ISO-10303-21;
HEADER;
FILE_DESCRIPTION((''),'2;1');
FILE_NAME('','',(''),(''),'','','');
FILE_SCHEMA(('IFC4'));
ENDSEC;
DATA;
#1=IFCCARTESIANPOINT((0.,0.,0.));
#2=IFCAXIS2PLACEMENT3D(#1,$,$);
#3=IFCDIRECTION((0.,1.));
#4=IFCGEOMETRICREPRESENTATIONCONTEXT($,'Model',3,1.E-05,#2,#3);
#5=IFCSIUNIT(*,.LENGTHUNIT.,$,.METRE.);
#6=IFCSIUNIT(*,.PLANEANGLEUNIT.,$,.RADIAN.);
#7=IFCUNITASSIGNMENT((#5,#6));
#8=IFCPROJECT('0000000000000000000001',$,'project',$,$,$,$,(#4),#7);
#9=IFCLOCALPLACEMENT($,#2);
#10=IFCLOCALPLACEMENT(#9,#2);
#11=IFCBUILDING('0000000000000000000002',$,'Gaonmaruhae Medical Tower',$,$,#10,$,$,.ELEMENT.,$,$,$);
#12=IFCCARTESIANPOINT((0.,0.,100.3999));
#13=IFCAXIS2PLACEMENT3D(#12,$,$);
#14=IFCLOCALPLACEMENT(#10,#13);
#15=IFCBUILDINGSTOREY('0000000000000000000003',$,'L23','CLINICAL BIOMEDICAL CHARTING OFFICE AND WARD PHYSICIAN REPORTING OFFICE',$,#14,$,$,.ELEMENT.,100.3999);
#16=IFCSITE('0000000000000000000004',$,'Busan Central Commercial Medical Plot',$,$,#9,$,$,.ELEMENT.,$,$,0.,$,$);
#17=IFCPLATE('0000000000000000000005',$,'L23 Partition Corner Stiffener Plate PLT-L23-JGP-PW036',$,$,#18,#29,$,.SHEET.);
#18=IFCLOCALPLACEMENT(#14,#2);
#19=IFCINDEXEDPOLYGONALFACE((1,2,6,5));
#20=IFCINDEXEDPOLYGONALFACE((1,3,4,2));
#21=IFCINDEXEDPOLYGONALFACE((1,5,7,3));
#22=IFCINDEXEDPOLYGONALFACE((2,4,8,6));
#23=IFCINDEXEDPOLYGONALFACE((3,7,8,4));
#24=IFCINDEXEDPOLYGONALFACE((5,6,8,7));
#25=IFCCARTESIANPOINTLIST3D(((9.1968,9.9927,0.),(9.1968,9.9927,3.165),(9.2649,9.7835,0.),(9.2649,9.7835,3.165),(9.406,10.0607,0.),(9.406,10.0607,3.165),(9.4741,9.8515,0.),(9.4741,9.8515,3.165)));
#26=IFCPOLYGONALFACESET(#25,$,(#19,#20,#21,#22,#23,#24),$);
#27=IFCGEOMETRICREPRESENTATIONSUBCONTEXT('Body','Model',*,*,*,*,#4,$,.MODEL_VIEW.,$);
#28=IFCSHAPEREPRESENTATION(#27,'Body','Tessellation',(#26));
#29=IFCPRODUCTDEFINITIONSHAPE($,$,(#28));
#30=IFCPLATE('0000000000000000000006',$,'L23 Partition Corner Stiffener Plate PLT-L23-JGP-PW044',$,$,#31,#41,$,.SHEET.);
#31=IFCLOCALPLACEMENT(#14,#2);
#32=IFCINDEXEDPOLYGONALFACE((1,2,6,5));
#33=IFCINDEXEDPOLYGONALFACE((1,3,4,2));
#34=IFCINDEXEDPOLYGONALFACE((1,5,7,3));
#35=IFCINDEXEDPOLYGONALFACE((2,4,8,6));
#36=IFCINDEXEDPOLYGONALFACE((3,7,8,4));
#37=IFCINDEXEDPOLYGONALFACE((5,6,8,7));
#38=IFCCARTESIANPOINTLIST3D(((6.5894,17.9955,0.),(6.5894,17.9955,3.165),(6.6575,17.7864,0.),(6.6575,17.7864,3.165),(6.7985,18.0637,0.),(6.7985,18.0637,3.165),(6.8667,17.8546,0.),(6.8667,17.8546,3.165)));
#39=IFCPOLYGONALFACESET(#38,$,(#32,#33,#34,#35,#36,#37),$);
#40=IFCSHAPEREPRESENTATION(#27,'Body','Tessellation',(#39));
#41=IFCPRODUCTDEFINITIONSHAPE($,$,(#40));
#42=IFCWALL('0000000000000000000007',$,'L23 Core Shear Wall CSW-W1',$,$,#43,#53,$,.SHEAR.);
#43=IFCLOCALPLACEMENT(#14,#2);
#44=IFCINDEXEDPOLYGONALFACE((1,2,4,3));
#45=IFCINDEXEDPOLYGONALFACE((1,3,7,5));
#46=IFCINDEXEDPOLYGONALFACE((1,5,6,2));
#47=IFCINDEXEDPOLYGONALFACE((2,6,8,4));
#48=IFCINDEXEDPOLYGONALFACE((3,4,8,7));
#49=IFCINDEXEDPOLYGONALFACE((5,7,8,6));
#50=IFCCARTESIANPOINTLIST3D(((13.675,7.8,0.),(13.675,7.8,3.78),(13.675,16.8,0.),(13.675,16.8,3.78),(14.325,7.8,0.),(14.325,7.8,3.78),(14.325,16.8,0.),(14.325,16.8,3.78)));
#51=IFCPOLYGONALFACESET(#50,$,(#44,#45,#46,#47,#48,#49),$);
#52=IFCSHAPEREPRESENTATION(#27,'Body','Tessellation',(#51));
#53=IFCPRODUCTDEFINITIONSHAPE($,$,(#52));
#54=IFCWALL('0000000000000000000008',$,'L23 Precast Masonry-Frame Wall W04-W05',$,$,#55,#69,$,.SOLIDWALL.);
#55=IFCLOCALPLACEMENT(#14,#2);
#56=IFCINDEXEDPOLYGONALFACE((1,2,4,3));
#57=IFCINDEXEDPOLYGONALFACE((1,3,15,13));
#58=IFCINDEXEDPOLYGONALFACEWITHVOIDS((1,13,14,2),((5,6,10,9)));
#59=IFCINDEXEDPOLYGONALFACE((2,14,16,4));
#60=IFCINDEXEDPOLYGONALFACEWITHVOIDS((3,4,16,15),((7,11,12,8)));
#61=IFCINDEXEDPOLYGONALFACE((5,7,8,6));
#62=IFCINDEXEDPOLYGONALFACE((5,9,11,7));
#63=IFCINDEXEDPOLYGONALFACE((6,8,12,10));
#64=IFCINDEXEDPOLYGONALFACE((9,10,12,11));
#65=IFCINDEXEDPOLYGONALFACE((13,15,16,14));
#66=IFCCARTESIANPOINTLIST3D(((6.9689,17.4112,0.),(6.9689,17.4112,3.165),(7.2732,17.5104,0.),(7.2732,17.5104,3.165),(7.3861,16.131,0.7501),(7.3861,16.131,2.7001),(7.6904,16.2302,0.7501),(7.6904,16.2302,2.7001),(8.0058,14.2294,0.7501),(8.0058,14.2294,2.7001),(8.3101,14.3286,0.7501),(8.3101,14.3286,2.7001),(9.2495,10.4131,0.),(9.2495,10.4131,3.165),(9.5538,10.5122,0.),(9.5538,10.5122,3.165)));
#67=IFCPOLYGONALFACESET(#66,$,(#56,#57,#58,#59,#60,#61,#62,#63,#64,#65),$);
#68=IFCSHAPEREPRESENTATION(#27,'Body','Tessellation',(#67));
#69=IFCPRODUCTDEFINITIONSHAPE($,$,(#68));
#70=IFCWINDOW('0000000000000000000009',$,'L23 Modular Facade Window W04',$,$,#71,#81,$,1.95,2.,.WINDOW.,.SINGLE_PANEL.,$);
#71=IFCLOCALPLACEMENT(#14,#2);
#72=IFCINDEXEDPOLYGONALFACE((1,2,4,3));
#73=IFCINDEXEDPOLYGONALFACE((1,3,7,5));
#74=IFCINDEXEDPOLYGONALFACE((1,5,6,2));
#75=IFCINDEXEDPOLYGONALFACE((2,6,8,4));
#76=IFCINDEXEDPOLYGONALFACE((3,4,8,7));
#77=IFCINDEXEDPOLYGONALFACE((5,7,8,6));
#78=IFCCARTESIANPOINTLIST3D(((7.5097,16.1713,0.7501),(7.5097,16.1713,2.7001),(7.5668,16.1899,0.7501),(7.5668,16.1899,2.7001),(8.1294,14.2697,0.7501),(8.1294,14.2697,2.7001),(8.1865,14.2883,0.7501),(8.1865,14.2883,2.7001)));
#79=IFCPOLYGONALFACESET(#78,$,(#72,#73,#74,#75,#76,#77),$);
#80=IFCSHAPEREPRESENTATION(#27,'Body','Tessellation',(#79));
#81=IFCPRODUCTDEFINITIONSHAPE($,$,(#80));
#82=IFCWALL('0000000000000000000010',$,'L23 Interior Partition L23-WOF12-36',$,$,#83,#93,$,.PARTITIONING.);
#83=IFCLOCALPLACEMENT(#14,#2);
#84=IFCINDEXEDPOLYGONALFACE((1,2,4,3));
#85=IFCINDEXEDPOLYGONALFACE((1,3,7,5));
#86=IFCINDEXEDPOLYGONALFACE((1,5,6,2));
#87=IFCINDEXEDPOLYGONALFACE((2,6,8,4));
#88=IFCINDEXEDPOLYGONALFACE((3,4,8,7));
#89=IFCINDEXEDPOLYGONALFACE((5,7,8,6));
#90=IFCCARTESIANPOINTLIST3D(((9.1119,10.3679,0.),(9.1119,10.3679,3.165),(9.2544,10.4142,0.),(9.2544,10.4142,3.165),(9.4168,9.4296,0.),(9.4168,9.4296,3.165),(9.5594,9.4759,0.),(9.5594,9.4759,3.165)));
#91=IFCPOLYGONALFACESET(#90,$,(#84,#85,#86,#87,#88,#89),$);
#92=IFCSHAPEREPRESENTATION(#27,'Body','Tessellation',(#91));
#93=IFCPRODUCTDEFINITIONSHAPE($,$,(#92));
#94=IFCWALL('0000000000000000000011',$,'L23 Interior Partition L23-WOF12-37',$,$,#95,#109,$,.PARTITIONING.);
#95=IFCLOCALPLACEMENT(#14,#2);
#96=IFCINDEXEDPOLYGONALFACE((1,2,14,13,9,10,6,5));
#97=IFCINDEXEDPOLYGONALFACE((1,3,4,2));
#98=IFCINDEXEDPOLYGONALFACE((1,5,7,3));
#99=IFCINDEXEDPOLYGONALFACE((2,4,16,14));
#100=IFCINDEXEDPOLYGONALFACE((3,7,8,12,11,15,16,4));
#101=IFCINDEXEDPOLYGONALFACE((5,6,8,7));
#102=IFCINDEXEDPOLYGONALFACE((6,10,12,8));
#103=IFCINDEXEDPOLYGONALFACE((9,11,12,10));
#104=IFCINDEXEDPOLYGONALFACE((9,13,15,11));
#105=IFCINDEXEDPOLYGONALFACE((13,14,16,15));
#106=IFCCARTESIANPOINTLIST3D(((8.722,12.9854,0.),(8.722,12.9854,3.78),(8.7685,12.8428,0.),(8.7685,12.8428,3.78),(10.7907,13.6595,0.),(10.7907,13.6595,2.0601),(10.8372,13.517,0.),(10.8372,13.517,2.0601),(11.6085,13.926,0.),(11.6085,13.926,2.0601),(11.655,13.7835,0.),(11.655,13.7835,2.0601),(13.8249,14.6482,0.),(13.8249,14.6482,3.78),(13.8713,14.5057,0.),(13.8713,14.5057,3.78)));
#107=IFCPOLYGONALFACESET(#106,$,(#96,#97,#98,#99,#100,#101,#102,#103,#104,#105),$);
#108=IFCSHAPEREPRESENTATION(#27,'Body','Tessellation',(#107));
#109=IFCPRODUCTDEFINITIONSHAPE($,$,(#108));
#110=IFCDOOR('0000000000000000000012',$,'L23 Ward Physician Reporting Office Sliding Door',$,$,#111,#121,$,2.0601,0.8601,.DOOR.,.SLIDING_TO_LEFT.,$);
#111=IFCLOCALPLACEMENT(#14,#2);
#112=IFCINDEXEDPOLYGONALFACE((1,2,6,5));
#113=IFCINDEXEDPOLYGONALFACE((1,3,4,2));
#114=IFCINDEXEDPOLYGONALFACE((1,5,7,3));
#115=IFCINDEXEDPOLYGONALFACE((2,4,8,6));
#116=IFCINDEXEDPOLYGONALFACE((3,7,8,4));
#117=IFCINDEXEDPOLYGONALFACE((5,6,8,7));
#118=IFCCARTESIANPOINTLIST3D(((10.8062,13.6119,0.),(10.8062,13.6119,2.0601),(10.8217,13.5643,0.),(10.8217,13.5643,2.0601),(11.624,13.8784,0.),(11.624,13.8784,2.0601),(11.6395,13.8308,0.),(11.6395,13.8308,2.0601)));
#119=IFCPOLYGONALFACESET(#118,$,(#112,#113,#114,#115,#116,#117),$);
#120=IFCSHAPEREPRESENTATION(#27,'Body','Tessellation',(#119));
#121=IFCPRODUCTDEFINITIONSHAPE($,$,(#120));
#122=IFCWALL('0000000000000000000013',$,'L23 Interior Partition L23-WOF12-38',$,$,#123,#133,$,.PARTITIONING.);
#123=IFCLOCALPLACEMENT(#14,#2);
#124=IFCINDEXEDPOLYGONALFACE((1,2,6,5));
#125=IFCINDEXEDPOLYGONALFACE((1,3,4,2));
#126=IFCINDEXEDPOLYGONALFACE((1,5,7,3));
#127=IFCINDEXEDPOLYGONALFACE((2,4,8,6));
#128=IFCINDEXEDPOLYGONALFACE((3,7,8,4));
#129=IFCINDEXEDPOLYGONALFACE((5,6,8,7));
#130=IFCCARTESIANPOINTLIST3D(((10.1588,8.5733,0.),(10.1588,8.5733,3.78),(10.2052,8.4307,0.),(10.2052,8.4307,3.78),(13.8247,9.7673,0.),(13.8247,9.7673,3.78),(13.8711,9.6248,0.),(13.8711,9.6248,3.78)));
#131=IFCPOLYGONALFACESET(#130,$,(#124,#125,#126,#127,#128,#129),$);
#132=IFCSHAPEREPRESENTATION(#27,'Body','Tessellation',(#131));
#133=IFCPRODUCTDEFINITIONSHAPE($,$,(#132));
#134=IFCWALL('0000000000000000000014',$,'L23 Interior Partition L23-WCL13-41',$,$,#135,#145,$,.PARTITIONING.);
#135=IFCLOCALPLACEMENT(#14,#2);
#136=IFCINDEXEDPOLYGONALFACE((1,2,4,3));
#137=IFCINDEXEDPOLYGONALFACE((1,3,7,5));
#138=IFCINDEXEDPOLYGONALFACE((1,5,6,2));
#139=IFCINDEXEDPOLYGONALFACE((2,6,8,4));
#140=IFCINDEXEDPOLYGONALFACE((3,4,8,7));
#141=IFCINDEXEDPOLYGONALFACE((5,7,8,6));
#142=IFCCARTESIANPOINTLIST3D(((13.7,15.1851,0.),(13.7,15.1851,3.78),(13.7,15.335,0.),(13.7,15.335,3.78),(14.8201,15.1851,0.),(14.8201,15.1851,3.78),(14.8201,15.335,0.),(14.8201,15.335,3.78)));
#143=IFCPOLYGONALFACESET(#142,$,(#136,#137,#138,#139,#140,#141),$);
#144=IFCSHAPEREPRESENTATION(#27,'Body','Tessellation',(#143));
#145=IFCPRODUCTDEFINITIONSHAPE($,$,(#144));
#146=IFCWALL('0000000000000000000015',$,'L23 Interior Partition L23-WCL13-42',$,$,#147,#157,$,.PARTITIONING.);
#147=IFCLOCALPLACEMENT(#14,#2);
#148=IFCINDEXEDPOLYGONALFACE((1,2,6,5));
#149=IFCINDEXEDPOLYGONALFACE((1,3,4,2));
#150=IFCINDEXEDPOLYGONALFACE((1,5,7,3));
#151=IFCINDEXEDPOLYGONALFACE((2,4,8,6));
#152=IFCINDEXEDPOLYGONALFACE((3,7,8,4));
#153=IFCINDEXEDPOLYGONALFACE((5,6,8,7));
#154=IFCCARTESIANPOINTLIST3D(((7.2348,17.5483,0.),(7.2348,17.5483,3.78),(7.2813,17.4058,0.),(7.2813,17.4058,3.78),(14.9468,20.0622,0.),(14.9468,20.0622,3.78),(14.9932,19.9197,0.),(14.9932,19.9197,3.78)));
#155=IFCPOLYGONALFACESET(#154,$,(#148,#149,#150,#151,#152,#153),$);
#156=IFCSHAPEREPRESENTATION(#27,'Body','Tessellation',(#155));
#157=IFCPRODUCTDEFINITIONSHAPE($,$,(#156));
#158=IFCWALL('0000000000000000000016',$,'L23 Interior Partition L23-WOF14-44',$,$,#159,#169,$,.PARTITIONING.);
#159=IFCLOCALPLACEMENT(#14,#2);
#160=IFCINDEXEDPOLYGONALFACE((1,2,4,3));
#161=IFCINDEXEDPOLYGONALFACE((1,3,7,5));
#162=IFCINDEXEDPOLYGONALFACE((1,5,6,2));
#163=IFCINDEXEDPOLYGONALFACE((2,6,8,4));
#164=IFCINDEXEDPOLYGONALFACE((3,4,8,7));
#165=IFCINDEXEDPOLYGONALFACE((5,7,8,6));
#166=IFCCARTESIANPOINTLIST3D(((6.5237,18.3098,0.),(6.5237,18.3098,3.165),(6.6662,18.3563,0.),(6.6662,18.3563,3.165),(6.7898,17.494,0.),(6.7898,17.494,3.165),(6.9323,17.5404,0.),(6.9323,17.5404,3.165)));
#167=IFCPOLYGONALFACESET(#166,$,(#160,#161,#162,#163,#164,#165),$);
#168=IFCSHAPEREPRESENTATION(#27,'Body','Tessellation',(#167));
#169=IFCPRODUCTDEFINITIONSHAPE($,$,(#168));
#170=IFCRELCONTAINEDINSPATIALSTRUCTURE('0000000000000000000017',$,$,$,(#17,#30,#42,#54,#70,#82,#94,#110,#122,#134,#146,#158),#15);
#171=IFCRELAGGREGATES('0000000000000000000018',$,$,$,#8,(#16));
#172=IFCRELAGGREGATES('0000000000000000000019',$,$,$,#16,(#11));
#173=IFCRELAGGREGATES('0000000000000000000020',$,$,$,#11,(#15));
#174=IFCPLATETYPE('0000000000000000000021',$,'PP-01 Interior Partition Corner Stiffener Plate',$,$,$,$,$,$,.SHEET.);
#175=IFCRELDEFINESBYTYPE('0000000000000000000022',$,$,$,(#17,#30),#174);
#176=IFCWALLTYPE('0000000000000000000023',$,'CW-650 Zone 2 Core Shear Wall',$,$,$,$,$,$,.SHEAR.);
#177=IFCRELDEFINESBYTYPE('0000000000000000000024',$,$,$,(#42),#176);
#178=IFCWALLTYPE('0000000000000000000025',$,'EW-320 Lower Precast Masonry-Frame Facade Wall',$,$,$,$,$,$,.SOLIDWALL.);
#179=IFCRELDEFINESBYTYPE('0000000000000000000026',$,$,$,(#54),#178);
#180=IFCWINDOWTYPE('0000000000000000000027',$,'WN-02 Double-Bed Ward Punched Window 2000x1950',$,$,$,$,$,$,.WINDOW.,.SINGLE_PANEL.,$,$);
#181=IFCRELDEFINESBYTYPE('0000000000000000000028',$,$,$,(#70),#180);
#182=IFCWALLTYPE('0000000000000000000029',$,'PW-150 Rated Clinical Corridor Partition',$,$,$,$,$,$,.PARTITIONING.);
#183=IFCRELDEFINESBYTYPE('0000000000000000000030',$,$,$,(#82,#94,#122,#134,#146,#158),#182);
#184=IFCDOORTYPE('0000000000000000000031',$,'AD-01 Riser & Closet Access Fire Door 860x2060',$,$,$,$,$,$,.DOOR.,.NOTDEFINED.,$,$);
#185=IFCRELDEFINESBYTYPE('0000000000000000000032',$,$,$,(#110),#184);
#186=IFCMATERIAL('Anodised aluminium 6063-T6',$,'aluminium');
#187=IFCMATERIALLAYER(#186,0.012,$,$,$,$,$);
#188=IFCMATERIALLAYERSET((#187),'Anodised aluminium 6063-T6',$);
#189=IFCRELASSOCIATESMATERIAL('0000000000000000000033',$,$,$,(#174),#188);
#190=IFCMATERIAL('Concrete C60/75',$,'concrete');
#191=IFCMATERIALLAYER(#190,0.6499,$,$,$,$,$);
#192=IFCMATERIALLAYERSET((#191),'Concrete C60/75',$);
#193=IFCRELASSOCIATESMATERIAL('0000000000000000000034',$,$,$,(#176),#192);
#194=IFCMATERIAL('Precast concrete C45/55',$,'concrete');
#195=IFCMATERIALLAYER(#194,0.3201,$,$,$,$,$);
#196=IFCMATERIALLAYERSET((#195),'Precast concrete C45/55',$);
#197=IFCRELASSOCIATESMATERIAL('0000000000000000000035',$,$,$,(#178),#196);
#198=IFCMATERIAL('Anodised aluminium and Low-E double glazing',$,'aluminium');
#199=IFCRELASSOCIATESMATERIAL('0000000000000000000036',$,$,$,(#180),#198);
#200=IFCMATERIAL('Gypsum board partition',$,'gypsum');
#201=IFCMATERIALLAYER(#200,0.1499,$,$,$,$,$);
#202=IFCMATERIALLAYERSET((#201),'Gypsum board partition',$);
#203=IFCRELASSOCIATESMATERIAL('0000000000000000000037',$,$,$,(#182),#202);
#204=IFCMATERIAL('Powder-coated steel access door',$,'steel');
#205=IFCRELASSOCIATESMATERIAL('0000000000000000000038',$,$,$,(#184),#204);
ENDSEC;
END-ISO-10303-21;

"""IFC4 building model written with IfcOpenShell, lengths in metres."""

from ifc_helpers import new_model, si_unit, direction, frame, frame_2d, origin, origin_2d, place, context, subcontext, project, spatial, rectangle, extrude, material, layer, layer_set, type_object, element, fill, save


model = new_model("IFC4")

# Units and contexts
model_context = context("Model", 3, precision=1e-05, world=origin(), true_north=direction((0.0, 1.0)))
body_context = subcontext(model_context, "Body", "Model", "MODEL_VIEW")
ifc_project = project(units=[si_unit("LENGTHUNIT", "METRE"), si_unit("PLANEANGLEUNIT", "RADIAN")], contexts=[model_context])

# Site, building, storey
site_placement = place(None, origin())
site = spatial("IfcSite", under=ifc_project, at=site_placement, Name="Busan Central Commercial Medical Plot", CompositionType="ELEMENT", RefElevation=0.0)
building_placement = place(site_placement, origin())
building = spatial("IfcBuilding", under=site, at=building_placement, Name="Gaonmaruhae Medical Tower", CompositionType="ELEMENT")
storey_placement = place(building_placement, frame((0.0, 0.0, 100.3999)))
storey = spatial("IfcBuildingStorey", under=building, at=storey_placement, Name="L23", Description="CLINICAL BIOMEDICAL CHARTING OFFICE AND WARD PHYSICIAN REPORTING OFFICE", CompositionType="ELEMENT", Elevation=100.3999)

# Shared definitions
ifc_material_1 = material(Name="Concrete C60/75", Category="concrete")

# Plates
ifc_material_2 = material(Name="Anodised aluminium 6063-T6", Category="aluminium")
ifc_layer_1 = layer(ifc_material_2, 0.012)
ifc_layer_set_1 = layer_set([ifc_layer_1], Name="Anodised aluminium 6063-T6")
plate_type = type_object("IfcPlateType", Name="PP-01 Interior Partition Corner Stiffener Plate", PredefinedType="SHEET", material=ifc_layer_set_1)
for number, where, z_axis, x_axis, name in (
    (1, (9.3354, 9.9221, 0.0), (0.0, 0.0, 1.0), (-0.309216, 0.950992, 0.0), "L23 Partition Corner Stiffener Plate PLT-L23-JGP-PW036"),
    (2, (6.728, 17.925, 0.0), (0.0, 0.0, 1.0), (-0.30993, 0.950759, 0.0), "L23 Partition Corner Stiffener Plate PLT-L23-JGP-PW044"),
):
    element("IfcPlate", number, at=place(storey_placement, frame(where, z_axis=z_axis, x_axis=x_axis)), inside=storey, type_object=plate_type, Name=name, PredefinedType="SHEET", context=body_context, shape_type="SweptSolid", body=[
        extrude(rectangle(XDim=0.22, YDim=0.22, at=origin_2d()), origin(), (0.0, 0.0, 1.0), 3.165),
    ])

# Wall
ifc_layer_2 = layer(ifc_material_1, 0.6499)
ifc_layer_set_2 = layer_set([ifc_layer_2], Name="Concrete C60/75")
wall_type_1 = type_object("IfcWallType", Name="CW-650 Zone 2 Core Shear Wall", PredefinedType="SHEAR", material=ifc_layer_set_2)
wall_1_placement = place(storey_placement, frame((14.0, 16.8, 0.0), z_axis=(0.0, 0.0, 1.0), x_axis=(0.0, -1.0, 0.0)))
element("IfcWall", 3, at=wall_1_placement, inside=storey, type_object=wall_type_1, Name="L23 Core Shear Wall CSW-W1", PredefinedType="SHEAR", context=body_context, shape_type="SweptSolid", body=[
    extrude(rectangle(XDim=9.0, YDim=0.6499, at=frame_2d((4.5, 0.0))), origin(), (0.0, 0.0, 1.0), 3.78),
])

# Wall, opening, window
ifc_material_3 = material(Name="Precast concrete C45/55", Category="concrete")
ifc_layer_3 = layer(ifc_material_3, 0.3201)
ifc_layer_set_3 = layer_set([ifc_layer_3], Name="Precast concrete C45/55")
wall_type_2 = type_object("IfcWallType", Name="EW-320 Lower Precast Masonry-Frame Facade Wall", PredefinedType="SOLIDWALL", material=ifc_layer_set_3)
wall_2_placement = place(storey_placement, frame((9.4016, 10.4626, 0.0), z_axis=(0.0, 0.0, 1.0), x_axis=(-0.309842, 0.950788, 0.0)))
wall_2 = element("IfcWall", 4, at=wall_2_placement, inside=storey, type_object=wall_type_2, Name="L23 Precast Masonry-Frame Wall W04-W05", PredefinedType="SOLIDWALL", context=body_context, shape_type="SweptSolid", body=[
    extrude(rectangle(XDim=7.3604, YDim=0.3201, at=frame_2d((3.6802, 0.0))), origin(), (0.0, 0.0, 1.0), 3.165),
])
opening_1_placement = place(wall_2_placement, frame((4.0139, 0.0, 0.75)))
opening_1 = element("IfcOpeningElement", 5, at=opening_1_placement, cuts=wall_2, PredefinedType="OPENING", context=body_context, shape_type="SweptSolid", body=[
    extrude(rectangle(XDim=2.0, YDim=1.95, at=frame_2d((1.0, 0.9751))), frame((0.0, 0.1699, 0.0), z_axis=(0.0, -1.0, 0.0), x_axis=(1.0, 0.0, 0.0)), (0.0, 0.0, 1.0), 0.3401),
])
ifc_material_4 = material(Name="Anodised aluminium and Low-E double glazing", Category="aluminium")
window_type = type_object("IfcWindowType", Name="WN-02 Double-Bed Ward Punched Window 2000x1950", PartitioningType="SINGLE_PANEL", PredefinedType="WINDOW", material=ifc_material_4)
window_placement = place(opening_1_placement, origin())
window = element("IfcWindow", 6, at=window_placement, inside=storey, type_object=window_type, Name="L23 Modular Facade Window W04", OverallHeight=1.95, OverallWidth=2.0, PartitioningType="SINGLE_PANEL", PredefinedType="WINDOW", context=body_context, shape_type="SweptSolid", body=[
    extrude(rectangle(XDim=2.0, YDim=1.95, at=frame_2d((1.0, 0.9751))), frame((0.0, 0.03, 0.0), z_axis=(0.0, -1.0, 0.0), x_axis=(1.0, 0.0, 0.0)), (0.0, 0.0, 1.0), 0.0601),
])
fill(opening_1, window)

# Wall
ifc_material_5 = material(Name="Gypsum board partition", Category="gypsum")
ifc_layer_4 = layer(ifc_material_5, 0.1499)
ifc_layer_set_4 = layer_set([ifc_layer_4], Name="Gypsum board partition")
wall_type_3 = type_object("IfcWallType", Name="PW-150 Rated Clinical Corridor Partition", PredefinedType="PARTITIONING", material=ifc_layer_set_4)
wall_3_placement = place(storey_placement, frame((9.488, 9.4529, 0.0), z_axis=(0.0, 0.0, 1.0), x_axis=(-0.309092, 0.951032, 0.0)))
element("IfcWall", 7, at=wall_3_placement, inside=storey, type_object=wall_type_3, Name="L23 Interior Partition L23-WOF12-36", PredefinedType="PARTITIONING", context=body_context, shape_type="SweptSolid", body=[
    extrude(rectangle(XDim=0.9866, YDim=0.1499, at=frame_2d((0.4932, 0.0))), origin(), (0.0, 0.0, 1.0), 3.165),
])

# Wall, opening, door
wall_4_placement = place(storey_placement, frame((8.7451, 12.9141, 0.0), z_axis=(0.0, 0.0, 1.0), x_axis=(0.950791, 0.309834, 0.0)))
wall_4 = element("IfcWall", 8, at=wall_4_placement, inside=storey, type_object=wall_type_3, Name="L23 Interior Partition L23-WOF12-37", PredefinedType="PARTITIONING", context=body_context, shape_type="SweptSolid", body=[
    extrude(rectangle(XDim=5.3669, YDim=0.1499, at=frame_2d((2.6836, 0.0))), origin(), (0.0, 0.0, 1.0), 3.78),
])
opening_2_placement = place(wall_4_placement, frame((2.1758, 0.0, 0.0)))
opening_2 = element("IfcOpeningElement", 9, at=opening_2_placement, cuts=wall_4, PredefinedType="OPENING", context=body_context, shape_type="SweptSolid", body=[
    extrude(rectangle(XDim=0.8601, YDim=2.0601, at=frame_2d((0.4302, 1.03))), frame((0.0, 0.085, 0.0), z_axis=(0.0, -1.0, 0.0), x_axis=(1.0, 0.0, 0.0)), (0.0, 0.0, 1.0), 0.1699),
])
ifc_material_6 = material(Name="Powder-coated steel access door", Category="steel")
door_type = type_object("IfcDoorType", Name="AD-01 Riser & Closet Access Fire Door 860x2060", OperationType="NOTDEFINED", PredefinedType="DOOR", material=ifc_material_6)
door_placement = place(opening_2_placement, origin())
door = element("IfcDoor", 10, at=door_placement, inside=storey, type_object=door_type, Name="L23 Ward Physician Reporting Office Sliding Door", OperationType="SLIDING_TO_LEFT", OverallHeight=2.0601, OverallWidth=0.8601, PredefinedType="DOOR", context=body_context, shape_type="SweptSolid", body=[
    extrude(rectangle(XDim=0.8601, YDim=2.0601, at=frame_2d((0.4302, 1.03))), frame((0.0, 0.0249, 0.0), z_axis=(0.0, -1.0, 0.0), x_axis=(1.0, 0.0, 0.0)), (0.0, 0.0, 1.0), 0.05),
])
fill(opening_2, door)

# Walls
wall_5_placement = place(storey_placement, frame((13.8479, 9.696, 0.0), z_axis=(0.0, 0.0, 1.0), x_axis=(-0.950833, -0.309705, 0.0)))
element("IfcWall", 11, at=wall_5_placement, inside=storey, type_object=wall_type_3, Name="L23 Interior Partition L23-WOF12-38", PredefinedType="PARTITIONING", context=body_context, shape_type="SweptSolid", body=[
    extrude(rectangle(XDim=3.8555, YDim=0.1499, at=frame_2d((1.9277, 0.0))), origin(), (0.0, 0.0, 1.0), 3.78),
])
wall_6_placement = place(storey_placement, frame((14.8201, 15.26, 0.0), z_axis=(0.0, 0.0, 1.0), x_axis=(-1.0, 0.0, 0.0)))
element("IfcWall", 12, at=wall_6_placement, inside=storey, type_object=wall_type_3, Name="L23 Interior Partition L23-WCL13-41", PredefinedType="PARTITIONING", context=body_context, shape_type="SweptSolid", body=[
    extrude(rectangle(XDim=1.1201, YDim=0.1499, at=frame_2d((0.5601, 0.0))), origin(), (0.0, 0.0, 1.0), 3.78),
])
wall_7_placement = place(storey_placement, frame((7.2581, 17.4771, 0.0), z_axis=(0.0, 0.0, 1.0), x_axis=(0.95076, 0.309927, 0.0)))
element("IfcWall", 13, at=wall_7_placement, inside=storey, type_object=wall_type_3, Name="L23 Interior Partition L23-WCL13-42", PredefinedType="PARTITIONING", context=body_context, shape_type="SweptSolid", body=[
    extrude(rectangle(XDim=8.1113, YDim=0.1499, at=frame_2d((4.0557, 0.0))), origin(), (0.0, 0.0, 1.0), 3.78),
])
wall_8_placement = place(storey_placement, frame((6.8611, 17.5171, 0.0), z_axis=(0.0, 0.0, 1.0), x_axis=(-0.310076, 0.950712, 0.0)))
element("IfcWall", 14, at=wall_8_placement, inside=storey, type_object=wall_type_3, Name="L23 Interior Partition L23-WOF14-44", PredefinedType="PARTITIONING", context=body_context, shape_type="SweptSolid", body=[
    extrude(rectangle(XDim=0.8582, YDim=0.1499, at=frame_2d((0.4292, 0.0))), origin(), (0.0, 0.0, 1.0), 3.165),
])

save(model, "model.ifc")
